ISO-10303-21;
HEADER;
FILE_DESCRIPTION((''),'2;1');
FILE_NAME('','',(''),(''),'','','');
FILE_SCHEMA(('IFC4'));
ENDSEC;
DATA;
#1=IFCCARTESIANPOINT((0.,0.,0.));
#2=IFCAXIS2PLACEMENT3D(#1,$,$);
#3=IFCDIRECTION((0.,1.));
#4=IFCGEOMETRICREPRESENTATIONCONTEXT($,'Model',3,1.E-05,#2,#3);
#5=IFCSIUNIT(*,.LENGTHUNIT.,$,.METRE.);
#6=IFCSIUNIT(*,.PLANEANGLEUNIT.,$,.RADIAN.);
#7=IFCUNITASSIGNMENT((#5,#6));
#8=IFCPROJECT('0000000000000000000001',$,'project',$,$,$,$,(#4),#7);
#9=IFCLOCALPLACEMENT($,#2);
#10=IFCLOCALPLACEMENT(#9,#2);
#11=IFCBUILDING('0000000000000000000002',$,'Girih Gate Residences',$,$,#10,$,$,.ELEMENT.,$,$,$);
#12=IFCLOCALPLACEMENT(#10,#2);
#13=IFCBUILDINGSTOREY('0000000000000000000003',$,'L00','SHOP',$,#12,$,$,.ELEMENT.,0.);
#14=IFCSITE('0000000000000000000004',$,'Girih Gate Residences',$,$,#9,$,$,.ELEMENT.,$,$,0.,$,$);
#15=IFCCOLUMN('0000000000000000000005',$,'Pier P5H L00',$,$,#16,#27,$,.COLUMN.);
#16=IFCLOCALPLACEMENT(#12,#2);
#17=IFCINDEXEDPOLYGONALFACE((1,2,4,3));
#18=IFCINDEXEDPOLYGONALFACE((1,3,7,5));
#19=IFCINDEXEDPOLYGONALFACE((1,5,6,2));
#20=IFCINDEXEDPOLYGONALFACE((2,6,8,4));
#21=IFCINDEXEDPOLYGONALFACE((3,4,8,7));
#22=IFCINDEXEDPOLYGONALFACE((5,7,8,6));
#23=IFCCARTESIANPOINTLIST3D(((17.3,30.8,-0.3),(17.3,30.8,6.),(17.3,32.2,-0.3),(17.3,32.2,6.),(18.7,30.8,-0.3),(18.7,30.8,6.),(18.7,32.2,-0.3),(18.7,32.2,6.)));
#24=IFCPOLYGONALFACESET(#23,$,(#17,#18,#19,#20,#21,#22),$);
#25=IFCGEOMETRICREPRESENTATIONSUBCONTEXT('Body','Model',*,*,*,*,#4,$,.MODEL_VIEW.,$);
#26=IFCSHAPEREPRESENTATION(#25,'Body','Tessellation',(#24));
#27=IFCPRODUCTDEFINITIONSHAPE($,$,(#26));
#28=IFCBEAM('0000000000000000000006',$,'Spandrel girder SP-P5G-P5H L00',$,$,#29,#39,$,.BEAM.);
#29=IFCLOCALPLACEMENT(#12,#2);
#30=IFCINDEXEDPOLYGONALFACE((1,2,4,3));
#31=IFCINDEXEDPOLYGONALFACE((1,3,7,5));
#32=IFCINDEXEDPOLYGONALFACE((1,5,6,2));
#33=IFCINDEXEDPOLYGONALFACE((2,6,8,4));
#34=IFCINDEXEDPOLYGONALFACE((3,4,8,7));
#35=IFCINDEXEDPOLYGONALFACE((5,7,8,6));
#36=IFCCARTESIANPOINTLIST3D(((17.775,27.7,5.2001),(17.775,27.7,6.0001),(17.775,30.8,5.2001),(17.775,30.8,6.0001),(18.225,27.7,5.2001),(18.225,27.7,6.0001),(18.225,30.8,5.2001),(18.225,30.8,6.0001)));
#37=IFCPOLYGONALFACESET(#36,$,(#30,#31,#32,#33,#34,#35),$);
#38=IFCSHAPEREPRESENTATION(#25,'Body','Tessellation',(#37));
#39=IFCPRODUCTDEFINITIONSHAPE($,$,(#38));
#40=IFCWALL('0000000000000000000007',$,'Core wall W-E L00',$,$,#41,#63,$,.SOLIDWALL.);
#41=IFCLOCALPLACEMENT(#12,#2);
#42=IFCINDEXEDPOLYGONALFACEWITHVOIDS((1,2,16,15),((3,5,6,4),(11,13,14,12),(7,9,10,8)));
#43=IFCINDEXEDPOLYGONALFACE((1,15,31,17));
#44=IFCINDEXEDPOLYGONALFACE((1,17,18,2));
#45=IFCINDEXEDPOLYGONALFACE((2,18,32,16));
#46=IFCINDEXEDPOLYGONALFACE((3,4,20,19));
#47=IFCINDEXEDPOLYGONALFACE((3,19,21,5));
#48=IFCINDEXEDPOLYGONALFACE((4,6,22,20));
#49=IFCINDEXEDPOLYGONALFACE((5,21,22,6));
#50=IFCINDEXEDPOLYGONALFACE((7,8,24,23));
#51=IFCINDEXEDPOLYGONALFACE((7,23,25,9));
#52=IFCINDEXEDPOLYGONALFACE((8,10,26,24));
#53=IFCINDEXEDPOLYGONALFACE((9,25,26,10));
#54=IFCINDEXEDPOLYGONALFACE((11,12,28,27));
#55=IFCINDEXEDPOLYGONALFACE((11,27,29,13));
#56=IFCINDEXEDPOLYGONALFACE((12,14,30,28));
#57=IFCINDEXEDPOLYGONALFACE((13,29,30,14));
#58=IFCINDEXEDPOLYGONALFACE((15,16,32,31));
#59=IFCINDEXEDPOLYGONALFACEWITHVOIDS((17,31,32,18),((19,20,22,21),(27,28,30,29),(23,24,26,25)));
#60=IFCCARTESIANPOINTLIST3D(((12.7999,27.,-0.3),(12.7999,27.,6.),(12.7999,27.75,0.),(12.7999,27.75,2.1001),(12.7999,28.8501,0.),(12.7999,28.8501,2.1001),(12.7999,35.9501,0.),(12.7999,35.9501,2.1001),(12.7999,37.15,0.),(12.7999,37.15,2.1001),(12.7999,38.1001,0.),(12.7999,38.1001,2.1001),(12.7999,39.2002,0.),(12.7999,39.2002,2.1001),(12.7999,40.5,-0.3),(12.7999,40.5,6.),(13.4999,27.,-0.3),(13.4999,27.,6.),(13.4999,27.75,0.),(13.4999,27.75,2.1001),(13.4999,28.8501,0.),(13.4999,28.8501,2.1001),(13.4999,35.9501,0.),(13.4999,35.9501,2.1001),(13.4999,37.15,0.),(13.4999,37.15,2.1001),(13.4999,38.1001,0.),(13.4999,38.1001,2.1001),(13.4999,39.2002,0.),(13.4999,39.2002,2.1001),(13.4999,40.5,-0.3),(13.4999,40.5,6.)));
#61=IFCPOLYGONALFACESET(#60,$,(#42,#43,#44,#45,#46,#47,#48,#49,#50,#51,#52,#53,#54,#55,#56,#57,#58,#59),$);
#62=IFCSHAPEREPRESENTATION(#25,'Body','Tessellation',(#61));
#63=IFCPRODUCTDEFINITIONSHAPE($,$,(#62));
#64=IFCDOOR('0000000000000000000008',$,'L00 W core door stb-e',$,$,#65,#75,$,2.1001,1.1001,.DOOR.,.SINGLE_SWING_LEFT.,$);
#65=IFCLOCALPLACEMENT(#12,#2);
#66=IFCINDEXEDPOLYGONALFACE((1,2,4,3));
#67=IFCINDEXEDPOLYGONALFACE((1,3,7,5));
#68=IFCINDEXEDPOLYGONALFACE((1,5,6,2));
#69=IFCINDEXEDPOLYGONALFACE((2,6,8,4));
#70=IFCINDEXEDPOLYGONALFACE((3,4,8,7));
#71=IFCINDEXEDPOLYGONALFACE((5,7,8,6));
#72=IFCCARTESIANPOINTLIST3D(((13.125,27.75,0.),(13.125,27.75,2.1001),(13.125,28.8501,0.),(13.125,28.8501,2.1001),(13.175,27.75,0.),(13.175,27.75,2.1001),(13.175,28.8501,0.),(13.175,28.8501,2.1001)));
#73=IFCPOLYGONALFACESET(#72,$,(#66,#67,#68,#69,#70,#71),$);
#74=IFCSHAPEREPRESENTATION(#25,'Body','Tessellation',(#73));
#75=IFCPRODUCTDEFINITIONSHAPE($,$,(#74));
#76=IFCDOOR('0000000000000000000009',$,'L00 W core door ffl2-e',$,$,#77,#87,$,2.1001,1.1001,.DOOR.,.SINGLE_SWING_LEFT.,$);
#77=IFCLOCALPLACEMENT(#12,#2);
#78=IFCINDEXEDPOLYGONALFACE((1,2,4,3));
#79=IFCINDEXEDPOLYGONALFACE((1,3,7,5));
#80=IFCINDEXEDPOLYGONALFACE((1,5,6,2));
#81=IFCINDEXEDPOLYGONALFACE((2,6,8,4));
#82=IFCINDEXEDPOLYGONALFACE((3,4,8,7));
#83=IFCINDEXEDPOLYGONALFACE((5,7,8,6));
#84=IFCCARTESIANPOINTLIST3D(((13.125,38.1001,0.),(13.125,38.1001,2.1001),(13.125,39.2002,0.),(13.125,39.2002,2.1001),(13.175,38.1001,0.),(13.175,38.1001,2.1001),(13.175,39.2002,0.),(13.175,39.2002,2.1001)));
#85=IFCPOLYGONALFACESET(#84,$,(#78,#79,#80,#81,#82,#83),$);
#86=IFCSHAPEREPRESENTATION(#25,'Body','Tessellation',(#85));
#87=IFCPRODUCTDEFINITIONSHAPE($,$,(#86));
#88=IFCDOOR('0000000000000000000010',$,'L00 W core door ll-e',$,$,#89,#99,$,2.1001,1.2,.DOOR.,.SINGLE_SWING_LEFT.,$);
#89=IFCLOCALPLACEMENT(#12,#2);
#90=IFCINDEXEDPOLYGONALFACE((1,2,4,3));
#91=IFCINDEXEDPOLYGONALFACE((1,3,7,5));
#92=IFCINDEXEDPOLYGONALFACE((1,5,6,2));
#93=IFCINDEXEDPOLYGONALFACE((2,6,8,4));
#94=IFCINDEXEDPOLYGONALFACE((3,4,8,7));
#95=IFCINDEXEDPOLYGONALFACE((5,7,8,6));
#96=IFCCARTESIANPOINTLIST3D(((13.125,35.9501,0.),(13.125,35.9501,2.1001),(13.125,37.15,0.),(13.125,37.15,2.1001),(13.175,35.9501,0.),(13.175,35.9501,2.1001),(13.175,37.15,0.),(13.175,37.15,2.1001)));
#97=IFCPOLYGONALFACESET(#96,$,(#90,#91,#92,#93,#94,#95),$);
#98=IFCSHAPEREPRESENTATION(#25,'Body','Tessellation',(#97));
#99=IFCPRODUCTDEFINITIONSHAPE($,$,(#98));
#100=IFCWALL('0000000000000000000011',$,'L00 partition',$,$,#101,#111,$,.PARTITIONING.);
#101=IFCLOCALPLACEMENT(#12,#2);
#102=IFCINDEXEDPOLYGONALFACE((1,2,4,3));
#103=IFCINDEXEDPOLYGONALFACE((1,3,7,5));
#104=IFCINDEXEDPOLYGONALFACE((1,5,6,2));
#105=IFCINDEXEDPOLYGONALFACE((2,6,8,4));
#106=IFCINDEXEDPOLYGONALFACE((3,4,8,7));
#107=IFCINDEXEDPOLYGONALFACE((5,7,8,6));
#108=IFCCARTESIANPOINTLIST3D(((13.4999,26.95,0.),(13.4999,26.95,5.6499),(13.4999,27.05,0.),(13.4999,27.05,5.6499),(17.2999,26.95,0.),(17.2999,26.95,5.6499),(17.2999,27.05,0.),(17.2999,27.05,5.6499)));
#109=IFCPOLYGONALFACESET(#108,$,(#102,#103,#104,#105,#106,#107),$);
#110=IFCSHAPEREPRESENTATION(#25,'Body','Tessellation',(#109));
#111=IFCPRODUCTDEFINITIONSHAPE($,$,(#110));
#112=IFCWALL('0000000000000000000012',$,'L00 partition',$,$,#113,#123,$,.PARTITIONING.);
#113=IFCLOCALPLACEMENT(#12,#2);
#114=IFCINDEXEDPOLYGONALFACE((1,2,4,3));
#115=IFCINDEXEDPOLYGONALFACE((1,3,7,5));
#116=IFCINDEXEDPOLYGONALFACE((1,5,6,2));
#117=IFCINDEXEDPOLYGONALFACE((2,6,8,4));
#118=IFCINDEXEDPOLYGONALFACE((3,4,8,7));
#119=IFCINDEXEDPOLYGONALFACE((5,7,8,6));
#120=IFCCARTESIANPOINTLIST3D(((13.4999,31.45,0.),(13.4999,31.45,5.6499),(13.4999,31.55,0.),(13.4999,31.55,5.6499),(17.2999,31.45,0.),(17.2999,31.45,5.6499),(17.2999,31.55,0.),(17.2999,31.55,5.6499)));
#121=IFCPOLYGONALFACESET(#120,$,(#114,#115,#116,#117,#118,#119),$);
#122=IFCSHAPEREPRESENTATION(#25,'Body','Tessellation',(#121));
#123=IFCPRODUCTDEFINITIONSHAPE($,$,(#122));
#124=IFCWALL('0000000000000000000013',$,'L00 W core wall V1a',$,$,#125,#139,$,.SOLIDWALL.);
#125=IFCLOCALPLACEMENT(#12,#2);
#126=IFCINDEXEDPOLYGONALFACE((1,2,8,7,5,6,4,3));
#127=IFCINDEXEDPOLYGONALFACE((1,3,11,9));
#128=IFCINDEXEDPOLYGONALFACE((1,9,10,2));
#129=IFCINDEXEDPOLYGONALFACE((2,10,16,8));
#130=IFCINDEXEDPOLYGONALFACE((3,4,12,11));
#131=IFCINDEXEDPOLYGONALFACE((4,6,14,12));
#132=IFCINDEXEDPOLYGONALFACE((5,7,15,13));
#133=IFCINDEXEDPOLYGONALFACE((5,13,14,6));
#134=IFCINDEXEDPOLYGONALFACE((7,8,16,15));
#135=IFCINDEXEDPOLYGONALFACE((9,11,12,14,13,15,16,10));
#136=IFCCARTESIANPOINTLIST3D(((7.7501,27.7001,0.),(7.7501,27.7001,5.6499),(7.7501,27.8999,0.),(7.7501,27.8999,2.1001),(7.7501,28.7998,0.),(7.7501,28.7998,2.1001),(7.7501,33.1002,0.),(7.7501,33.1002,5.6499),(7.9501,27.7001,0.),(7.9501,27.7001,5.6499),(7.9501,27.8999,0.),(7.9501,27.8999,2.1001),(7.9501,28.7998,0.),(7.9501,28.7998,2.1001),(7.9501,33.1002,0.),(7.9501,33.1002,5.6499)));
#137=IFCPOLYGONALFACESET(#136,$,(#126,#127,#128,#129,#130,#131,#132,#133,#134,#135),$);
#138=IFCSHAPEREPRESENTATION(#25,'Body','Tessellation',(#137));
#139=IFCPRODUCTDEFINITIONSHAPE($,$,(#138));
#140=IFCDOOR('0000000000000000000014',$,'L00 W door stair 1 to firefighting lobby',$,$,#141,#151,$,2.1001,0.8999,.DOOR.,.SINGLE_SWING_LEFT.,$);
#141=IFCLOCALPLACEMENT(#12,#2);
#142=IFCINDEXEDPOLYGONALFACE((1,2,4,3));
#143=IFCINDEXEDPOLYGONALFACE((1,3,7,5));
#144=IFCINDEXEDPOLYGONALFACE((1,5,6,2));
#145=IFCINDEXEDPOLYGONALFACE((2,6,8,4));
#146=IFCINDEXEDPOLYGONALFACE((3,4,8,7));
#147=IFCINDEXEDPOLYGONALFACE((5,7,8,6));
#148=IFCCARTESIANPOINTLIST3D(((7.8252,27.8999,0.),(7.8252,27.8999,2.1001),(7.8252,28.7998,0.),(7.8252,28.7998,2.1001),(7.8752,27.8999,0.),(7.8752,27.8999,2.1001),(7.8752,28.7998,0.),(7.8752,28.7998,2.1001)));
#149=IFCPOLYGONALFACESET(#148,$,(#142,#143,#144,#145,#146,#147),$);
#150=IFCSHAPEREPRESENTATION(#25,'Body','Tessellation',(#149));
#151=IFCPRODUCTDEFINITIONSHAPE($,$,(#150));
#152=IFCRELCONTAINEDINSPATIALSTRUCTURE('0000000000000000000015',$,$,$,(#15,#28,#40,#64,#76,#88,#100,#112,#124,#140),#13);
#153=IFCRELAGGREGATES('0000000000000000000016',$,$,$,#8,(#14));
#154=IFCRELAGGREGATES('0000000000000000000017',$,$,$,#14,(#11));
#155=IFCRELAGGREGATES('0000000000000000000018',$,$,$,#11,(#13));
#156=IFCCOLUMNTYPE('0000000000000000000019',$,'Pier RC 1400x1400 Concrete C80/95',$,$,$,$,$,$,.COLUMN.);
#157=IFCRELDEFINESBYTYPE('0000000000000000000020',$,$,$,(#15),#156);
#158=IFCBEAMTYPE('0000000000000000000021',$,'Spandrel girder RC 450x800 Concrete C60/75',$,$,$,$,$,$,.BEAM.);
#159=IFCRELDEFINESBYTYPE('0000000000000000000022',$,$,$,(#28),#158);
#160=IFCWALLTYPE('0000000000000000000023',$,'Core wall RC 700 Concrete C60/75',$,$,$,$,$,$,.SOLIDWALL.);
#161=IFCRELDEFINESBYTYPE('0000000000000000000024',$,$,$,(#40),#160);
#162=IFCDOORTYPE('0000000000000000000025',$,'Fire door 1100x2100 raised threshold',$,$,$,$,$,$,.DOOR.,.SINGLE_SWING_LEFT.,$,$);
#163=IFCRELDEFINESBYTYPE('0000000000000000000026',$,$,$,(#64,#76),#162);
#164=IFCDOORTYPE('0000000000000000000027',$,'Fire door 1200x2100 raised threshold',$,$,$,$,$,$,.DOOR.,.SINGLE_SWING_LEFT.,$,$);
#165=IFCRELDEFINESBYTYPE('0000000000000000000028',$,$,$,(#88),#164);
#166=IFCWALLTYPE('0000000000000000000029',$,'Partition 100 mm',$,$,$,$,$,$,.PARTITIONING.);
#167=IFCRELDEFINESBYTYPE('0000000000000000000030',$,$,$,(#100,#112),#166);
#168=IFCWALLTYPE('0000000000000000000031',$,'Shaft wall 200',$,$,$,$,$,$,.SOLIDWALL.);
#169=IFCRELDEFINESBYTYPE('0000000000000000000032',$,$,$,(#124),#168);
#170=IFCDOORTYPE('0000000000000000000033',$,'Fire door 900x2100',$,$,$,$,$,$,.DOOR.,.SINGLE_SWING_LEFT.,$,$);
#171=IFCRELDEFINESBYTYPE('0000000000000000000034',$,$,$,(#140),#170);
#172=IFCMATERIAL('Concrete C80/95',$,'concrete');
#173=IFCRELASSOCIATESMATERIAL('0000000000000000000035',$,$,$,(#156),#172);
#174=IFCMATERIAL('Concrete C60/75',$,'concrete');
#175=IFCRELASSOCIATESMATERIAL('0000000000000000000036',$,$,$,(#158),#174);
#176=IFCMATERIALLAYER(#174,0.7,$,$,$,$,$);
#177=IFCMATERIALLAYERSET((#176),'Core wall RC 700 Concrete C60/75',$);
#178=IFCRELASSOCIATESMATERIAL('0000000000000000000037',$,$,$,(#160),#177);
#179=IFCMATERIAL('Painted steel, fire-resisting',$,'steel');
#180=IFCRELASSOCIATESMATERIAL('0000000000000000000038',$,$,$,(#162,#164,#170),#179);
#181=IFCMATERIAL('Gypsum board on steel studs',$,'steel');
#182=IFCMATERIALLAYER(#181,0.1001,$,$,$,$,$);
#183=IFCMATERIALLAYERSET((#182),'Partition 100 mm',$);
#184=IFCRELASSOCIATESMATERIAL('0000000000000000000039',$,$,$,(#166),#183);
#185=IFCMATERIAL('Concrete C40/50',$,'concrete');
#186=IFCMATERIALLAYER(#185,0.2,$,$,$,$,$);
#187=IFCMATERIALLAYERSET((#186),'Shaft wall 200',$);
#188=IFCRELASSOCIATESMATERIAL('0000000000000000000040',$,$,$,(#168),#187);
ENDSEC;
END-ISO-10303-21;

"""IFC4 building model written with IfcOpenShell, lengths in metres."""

from ifc_helpers import new_model, si_unit, direction, frame, frame_2d, origin, origin_2d, place, context, subcontext, project, spatial, rectangle, extrude, material, layer, layer_set, material_profile, profile_set, type_object, element, fill, save


model = new_model("IFC4")

# Units and contexts
model_context = context("Model", 3, precision=1e-05, world=origin(), true_north=direction((0.0, 1.0)))
body_context = subcontext(model_context, "Body", "Model", "MODEL_VIEW")
ifc_project = project(units=[si_unit("LENGTHUNIT", "METRE"), si_unit("PLANEANGLEUNIT", "RADIAN")], contexts=[model_context])

# Site, building, storey
site_placement = place(None, origin())
site = spatial("IfcSite", under=ifc_project, at=site_placement, Name="Girih Gate Residences", CompositionType="ELEMENT", RefElevation=0.0)
building_placement = place(site_placement, origin())
building = spatial("IfcBuilding", under=site, at=building_placement, Name="Girih Gate Residences", CompositionType="ELEMENT")
storey_placement = place(building_placement, origin())
storey = spatial("IfcBuildingStorey", under=building, at=storey_placement, Name="L00", Description="SHOP", CompositionType="ELEMENT", Elevation=0.0)

# Column
ifc_material_1 = material(Name="Concrete C80/95", Category="concrete")
ifc_material_profile_1 = material_profile(ifc_material_1, rectangle(XDim=1.3999, YDim=1.3999, at=origin_2d()))
ifc_profile_set_1 = profile_set([ifc_material_profile_1], Name="Concrete C80/95")
column_type = type_object("IfcColumnType", Name="Pier RC 1400x1400 Concrete C80/95", PredefinedType="COLUMN", material=ifc_profile_set_1)
for number, where, z_axis, x_axis, name in (
    (1, (18.0, 31.5, -0.3), (0.0, 0.0, 1.0), (1.0, 0.0, 0.0), "Pier P5H L00"),
):
    element("IfcColumn", number, at=place(storey_placement, frame(where, z_axis=z_axis, x_axis=x_axis)), inside=storey, type_object=column_type, Name=name, PredefinedType="COLUMN", context=body_context, shape_type="SweptSolid", body=[
        extrude(rectangle(XDim=1.3999, YDim=1.3999, at=origin_2d()), origin(), (0.0, 0.0, 1.0), 6.3),
    ])

# Beam
ifc_material_2 = material(Name="Concrete C60/75", Category="concrete")
ifc_material_profile_2 = material_profile(ifc_material_2, rectangle(XDim=0.45, YDim=0.8, at=origin_2d()))
ifc_profile_set_2 = profile_set([ifc_material_profile_2], Name="Concrete C60/75")
beam_type = type_object("IfcBeamType", Name="Spandrel girder RC 450x800 Concrete C60/75", PredefinedType="BEAM", material=ifc_profile_set_2)
beam_placement = place(storey_placement, frame((18.0, 27.7, 5.6001), z_axis=(0.0, 1.0, 0.0), x_axis=(-1.0, 0.0, 0.0)))
element("IfcBeam", 2, at=beam_placement, inside=storey, type_object=beam_type, Name="Spandrel girder SP-P5G-P5H L00", PredefinedType="BEAM", context=body_context, shape_type="SweptSolid", body=[
    extrude(rectangle(XDim=0.45, YDim=0.8, at=origin_2d()), origin(), (0.0, 0.0, 1.0), 3.1001),
])

# Wall, openings, doors
ifc_layer_1 = layer(ifc_material_2, 0.7)
ifc_layer_set_1 = layer_set([ifc_layer_1], Name="Core wall RC 700 Concrete C60/75")
wall_type_1 = type_object("IfcWallType", Name="Core wall RC 700 Concrete C60/75", PredefinedType="SOLIDWALL", material=ifc_layer_set_1)
wall_1_placement = place(storey_placement, frame((13.1499, 27.0, -0.3), z_axis=(0.0, 0.0, 1.0), x_axis=(0.0, 1.0, 0.0)))
wall_1 = element("IfcWall", 3, at=wall_1_placement, inside=storey, type_object=wall_type_1, Name="Core wall W-E L00", PredefinedType="SOLIDWALL", context=body_context, shape_type="SweptSolid", body=[
    extrude(rectangle(XDim=13.5, YDim=0.7, at=frame_2d((6.75, 0.0))), origin(), (0.0, 0.0, 1.0), 6.3),
])
opening_1_placement = place(wall_1_placement, frame((0.75, 0.0, 0.3)))
opening_1 = element("IfcOpeningElement", 4, at=opening_1_placement, cuts=wall_1, PredefinedType="OPENING", context=body_context, shape_type="SweptSolid", body=[
    extrude(rectangle(XDim=1.1001, YDim=2.1001, at=frame_2d((0.55, 1.05))), frame((0.0, 0.3599, 0.0), z_axis=(0.0, -1.0, 0.0), x_axis=(1.0, 0.0, 0.0)), (0.0, 0.0, 1.0), 0.72),
])
opening_2_placement = place(wall_1_placement, frame((11.1001, 0.0, 0.3)))
opening_2 = element("IfcOpeningElement", 5, at=opening_2_placement, cuts=wall_1, PredefinedType="OPENING", context=body_context, shape_type="SweptSolid", body=[
    extrude(rectangle(XDim=1.1001, YDim=2.1001, at=frame_2d((0.55, 1.05))), frame((0.0, 0.3599, 0.0), z_axis=(0.0, -1.0, 0.0), x_axis=(1.0, 0.0, 0.0)), (0.0, 0.0, 1.0), 0.72),
])
opening_3_placement = place(wall_1_placement, frame((8.95, 0.0, 0.3)))
opening_3 = element("IfcOpeningElement", 6, at=opening_3_placement, cuts=wall_1, PredefinedType="OPENING", context=body_context, shape_type="SweptSolid", body=[
    extrude(rectangle(XDim=1.2, YDim=2.1001, at=frame_2d((0.6001, 1.05))), frame((0.0, 0.3599, 0.0), z_axis=(0.0, -1.0, 0.0), x_axis=(1.0, 0.0, 0.0)), (0.0, 0.0, 1.0), 0.72),
])
ifc_material_3 = material(Name="Painted steel, fire-resisting", Category="steel")
door_type_1 = type_object("IfcDoorType", Name="Fire door 1100x2100 raised threshold", OperationType="SINGLE_SWING_LEFT", PredefinedType="DOOR", material=ifc_material_3)
door_1_placement = place(opening_1_placement, origin())
door_1 = element("IfcDoor", 7, at=door_1_placement, inside=storey, type_object=door_type_1, Name="L00 W core door stb-e", OperationType="SINGLE_SWING_LEFT", OverallHeight=2.1001, OverallWidth=1.1001, PredefinedType="DOOR", context=body_context, shape_type="SweptSolid", body=[
    extrude(rectangle(XDim=1.1001, YDim=2.1001, at=frame_2d((0.55, 1.05))), frame((0.0, 0.0249, 0.0), z_axis=(0.0, -1.0, 0.0), x_axis=(1.0, 0.0, 0.0)), (0.0, 0.0, 1.0), 0.05),
])
fill(opening_1, door_1)
door_2_placement = place(opening_2_placement, origin())
door_2 = element("IfcDoor", 8, at=door_2_placement, inside=storey, type_object=door_type_1, Name="L00 W core door ffl2-e", OperationType="SINGLE_SWING_LEFT", OverallHeight=2.1001, OverallWidth=1.1001, PredefinedType="DOOR", context=body_context, shape_type="SweptSolid", body=[
    extrude(rectangle(XDim=1.1001, YDim=2.1001, at=frame_2d((0.55, 1.05))), frame((0.0, 0.0249, 0.0), z_axis=(0.0, -1.0, 0.0), x_axis=(1.0, 0.0, 0.0)), (0.0, 0.0, 1.0), 0.05),
])
fill(opening_2, door_2)
door_type_2 = type_object("IfcDoorType", Name="Fire door 1200x2100 raised threshold", OperationType="SINGLE_SWING_LEFT", PredefinedType="DOOR", material=ifc_material_3)
door_3_placement = place(opening_3_placement, origin())
door_3 = element("IfcDoor", 9, at=door_3_placement, inside=storey, type_object=door_type_2, Name="L00 W core door ll-e", OperationType="SINGLE_SWING_LEFT", OverallHeight=2.1001, OverallWidth=1.2, PredefinedType="DOOR", context=body_context, shape_type="SweptSolid", body=[
    extrude(rectangle(XDim=1.2, YDim=2.1001, at=frame_2d((0.6001, 1.05))), frame((0.0, 0.0249, 0.0), z_axis=(0.0, -1.0, 0.0), x_axis=(1.0, 0.0, 0.0)), (0.0, 0.0, 1.0), 0.05),
])
fill(opening_3, door_3)

# Walls
ifc_material_4 = material(Name="Gypsum board on steel studs", Category="steel")
ifc_layer_2 = layer(ifc_material_4, 0.1001)
ifc_layer_set_2 = layer_set([ifc_layer_2], Name="Partition 100 mm")
wall_type_2 = type_object("IfcWallType", Name="Partition 100 mm", PredefinedType="PARTITIONING", material=ifc_layer_set_2)
for number, where, z_axis, x_axis, name in (
    (10, (13.5, 27.0, 0.0), (0.0, 0.0, 1.0), (1.0, 0.0, 0.0), "L00 partition"),
    (11, (13.5, 31.5, 0.0), (0.0, 0.0, 1.0), (1.0, 0.0, 0.0), "L00 partition"),
):
    element("IfcWall", number, at=place(storey_placement, frame(where, z_axis=z_axis, x_axis=x_axis)), inside=storey, type_object=wall_type_2, Name=name, PredefinedType="PARTITIONING", context=body_context, shape_type="SweptSolid", body=[
        extrude(rectangle(XDim=3.8, YDim=0.1001, at=frame_2d((1.8999, 0.0))), origin(), (0.0, 0.0, 1.0), 5.6499),
    ])

# Wall, opening, door
ifc_material_5 = material(Name="Concrete C40/50", Category="concrete")
ifc_layer_3 = layer(ifc_material_5, 0.2)
ifc_layer_set_3 = layer_set([ifc_layer_3], Name="Shaft wall 200")
wall_type_3 = type_object("IfcWallType", Name="Shaft wall 200", PredefinedType="SOLIDWALL", material=ifc_layer_set_3)
wall_2_placement = place(storey_placement, frame((7.8501, 27.7, 0.0), z_axis=(0.0, 0.0, 1.0), x_axis=(0.0, 1.0, 0.0)))
wall_2 = element("IfcWall", 12, at=wall_2_placement, inside=storey, type_object=wall_type_3, Name="L00 W core wall V1a", PredefinedType="SOLIDWALL", context=body_context, shape_type="SweptSolid", body=[
    extrude(rectangle(XDim=5.4001, YDim=0.2, at=frame_2d((2.7002, 0.0))), origin(), (0.0, 0.0, 1.0), 5.6499),
])
opening_4_placement = place(wall_2_placement, frame((0.2, 0.0, 0.0)))
opening_4 = element("IfcOpeningElement", 13, at=opening_4_placement, cuts=wall_2, PredefinedType="OPENING", context=body_context, shape_type="SweptSolid", body=[
    extrude(rectangle(XDim=0.8999, YDim=2.1001, at=frame_2d((0.45, 1.05))), frame((0.0, 0.1099, 0.0), z_axis=(0.0, -1.0, 0.0), x_axis=(1.0, 0.0, 0.0)), (0.0, 0.0, 1.0), 0.22),
])
door_type_3 = type_object("IfcDoorType", Name="Fire door 900x2100", OperationType="SINGLE_SWING_LEFT", PredefinedType="DOOR", material=ifc_material_3)
door_4_placement = place(opening_4_placement, origin())
door_4 = element("IfcDoor", 14, at=door_4_placement, inside=storey, type_object=door_type_3, Name="L00 W door stair 1 to firefighting lobby", OperationType="SINGLE_SWING_LEFT", OverallHeight=2.1001, OverallWidth=0.8999, PredefinedType="DOOR", context=body_context, shape_type="SweptSolid", body=[
    extrude(rectangle(XDim=0.8999, YDim=2.1001, at=frame_2d((0.45, 1.05))), frame((0.0, 0.0249, 0.0), z_axis=(0.0, -1.0, 0.0), x_axis=(1.0, 0.0, 0.0)), (0.0, 0.0, 1.0), 0.05),
])
fill(opening_4, door_4)

save(model, "model.ifc")
